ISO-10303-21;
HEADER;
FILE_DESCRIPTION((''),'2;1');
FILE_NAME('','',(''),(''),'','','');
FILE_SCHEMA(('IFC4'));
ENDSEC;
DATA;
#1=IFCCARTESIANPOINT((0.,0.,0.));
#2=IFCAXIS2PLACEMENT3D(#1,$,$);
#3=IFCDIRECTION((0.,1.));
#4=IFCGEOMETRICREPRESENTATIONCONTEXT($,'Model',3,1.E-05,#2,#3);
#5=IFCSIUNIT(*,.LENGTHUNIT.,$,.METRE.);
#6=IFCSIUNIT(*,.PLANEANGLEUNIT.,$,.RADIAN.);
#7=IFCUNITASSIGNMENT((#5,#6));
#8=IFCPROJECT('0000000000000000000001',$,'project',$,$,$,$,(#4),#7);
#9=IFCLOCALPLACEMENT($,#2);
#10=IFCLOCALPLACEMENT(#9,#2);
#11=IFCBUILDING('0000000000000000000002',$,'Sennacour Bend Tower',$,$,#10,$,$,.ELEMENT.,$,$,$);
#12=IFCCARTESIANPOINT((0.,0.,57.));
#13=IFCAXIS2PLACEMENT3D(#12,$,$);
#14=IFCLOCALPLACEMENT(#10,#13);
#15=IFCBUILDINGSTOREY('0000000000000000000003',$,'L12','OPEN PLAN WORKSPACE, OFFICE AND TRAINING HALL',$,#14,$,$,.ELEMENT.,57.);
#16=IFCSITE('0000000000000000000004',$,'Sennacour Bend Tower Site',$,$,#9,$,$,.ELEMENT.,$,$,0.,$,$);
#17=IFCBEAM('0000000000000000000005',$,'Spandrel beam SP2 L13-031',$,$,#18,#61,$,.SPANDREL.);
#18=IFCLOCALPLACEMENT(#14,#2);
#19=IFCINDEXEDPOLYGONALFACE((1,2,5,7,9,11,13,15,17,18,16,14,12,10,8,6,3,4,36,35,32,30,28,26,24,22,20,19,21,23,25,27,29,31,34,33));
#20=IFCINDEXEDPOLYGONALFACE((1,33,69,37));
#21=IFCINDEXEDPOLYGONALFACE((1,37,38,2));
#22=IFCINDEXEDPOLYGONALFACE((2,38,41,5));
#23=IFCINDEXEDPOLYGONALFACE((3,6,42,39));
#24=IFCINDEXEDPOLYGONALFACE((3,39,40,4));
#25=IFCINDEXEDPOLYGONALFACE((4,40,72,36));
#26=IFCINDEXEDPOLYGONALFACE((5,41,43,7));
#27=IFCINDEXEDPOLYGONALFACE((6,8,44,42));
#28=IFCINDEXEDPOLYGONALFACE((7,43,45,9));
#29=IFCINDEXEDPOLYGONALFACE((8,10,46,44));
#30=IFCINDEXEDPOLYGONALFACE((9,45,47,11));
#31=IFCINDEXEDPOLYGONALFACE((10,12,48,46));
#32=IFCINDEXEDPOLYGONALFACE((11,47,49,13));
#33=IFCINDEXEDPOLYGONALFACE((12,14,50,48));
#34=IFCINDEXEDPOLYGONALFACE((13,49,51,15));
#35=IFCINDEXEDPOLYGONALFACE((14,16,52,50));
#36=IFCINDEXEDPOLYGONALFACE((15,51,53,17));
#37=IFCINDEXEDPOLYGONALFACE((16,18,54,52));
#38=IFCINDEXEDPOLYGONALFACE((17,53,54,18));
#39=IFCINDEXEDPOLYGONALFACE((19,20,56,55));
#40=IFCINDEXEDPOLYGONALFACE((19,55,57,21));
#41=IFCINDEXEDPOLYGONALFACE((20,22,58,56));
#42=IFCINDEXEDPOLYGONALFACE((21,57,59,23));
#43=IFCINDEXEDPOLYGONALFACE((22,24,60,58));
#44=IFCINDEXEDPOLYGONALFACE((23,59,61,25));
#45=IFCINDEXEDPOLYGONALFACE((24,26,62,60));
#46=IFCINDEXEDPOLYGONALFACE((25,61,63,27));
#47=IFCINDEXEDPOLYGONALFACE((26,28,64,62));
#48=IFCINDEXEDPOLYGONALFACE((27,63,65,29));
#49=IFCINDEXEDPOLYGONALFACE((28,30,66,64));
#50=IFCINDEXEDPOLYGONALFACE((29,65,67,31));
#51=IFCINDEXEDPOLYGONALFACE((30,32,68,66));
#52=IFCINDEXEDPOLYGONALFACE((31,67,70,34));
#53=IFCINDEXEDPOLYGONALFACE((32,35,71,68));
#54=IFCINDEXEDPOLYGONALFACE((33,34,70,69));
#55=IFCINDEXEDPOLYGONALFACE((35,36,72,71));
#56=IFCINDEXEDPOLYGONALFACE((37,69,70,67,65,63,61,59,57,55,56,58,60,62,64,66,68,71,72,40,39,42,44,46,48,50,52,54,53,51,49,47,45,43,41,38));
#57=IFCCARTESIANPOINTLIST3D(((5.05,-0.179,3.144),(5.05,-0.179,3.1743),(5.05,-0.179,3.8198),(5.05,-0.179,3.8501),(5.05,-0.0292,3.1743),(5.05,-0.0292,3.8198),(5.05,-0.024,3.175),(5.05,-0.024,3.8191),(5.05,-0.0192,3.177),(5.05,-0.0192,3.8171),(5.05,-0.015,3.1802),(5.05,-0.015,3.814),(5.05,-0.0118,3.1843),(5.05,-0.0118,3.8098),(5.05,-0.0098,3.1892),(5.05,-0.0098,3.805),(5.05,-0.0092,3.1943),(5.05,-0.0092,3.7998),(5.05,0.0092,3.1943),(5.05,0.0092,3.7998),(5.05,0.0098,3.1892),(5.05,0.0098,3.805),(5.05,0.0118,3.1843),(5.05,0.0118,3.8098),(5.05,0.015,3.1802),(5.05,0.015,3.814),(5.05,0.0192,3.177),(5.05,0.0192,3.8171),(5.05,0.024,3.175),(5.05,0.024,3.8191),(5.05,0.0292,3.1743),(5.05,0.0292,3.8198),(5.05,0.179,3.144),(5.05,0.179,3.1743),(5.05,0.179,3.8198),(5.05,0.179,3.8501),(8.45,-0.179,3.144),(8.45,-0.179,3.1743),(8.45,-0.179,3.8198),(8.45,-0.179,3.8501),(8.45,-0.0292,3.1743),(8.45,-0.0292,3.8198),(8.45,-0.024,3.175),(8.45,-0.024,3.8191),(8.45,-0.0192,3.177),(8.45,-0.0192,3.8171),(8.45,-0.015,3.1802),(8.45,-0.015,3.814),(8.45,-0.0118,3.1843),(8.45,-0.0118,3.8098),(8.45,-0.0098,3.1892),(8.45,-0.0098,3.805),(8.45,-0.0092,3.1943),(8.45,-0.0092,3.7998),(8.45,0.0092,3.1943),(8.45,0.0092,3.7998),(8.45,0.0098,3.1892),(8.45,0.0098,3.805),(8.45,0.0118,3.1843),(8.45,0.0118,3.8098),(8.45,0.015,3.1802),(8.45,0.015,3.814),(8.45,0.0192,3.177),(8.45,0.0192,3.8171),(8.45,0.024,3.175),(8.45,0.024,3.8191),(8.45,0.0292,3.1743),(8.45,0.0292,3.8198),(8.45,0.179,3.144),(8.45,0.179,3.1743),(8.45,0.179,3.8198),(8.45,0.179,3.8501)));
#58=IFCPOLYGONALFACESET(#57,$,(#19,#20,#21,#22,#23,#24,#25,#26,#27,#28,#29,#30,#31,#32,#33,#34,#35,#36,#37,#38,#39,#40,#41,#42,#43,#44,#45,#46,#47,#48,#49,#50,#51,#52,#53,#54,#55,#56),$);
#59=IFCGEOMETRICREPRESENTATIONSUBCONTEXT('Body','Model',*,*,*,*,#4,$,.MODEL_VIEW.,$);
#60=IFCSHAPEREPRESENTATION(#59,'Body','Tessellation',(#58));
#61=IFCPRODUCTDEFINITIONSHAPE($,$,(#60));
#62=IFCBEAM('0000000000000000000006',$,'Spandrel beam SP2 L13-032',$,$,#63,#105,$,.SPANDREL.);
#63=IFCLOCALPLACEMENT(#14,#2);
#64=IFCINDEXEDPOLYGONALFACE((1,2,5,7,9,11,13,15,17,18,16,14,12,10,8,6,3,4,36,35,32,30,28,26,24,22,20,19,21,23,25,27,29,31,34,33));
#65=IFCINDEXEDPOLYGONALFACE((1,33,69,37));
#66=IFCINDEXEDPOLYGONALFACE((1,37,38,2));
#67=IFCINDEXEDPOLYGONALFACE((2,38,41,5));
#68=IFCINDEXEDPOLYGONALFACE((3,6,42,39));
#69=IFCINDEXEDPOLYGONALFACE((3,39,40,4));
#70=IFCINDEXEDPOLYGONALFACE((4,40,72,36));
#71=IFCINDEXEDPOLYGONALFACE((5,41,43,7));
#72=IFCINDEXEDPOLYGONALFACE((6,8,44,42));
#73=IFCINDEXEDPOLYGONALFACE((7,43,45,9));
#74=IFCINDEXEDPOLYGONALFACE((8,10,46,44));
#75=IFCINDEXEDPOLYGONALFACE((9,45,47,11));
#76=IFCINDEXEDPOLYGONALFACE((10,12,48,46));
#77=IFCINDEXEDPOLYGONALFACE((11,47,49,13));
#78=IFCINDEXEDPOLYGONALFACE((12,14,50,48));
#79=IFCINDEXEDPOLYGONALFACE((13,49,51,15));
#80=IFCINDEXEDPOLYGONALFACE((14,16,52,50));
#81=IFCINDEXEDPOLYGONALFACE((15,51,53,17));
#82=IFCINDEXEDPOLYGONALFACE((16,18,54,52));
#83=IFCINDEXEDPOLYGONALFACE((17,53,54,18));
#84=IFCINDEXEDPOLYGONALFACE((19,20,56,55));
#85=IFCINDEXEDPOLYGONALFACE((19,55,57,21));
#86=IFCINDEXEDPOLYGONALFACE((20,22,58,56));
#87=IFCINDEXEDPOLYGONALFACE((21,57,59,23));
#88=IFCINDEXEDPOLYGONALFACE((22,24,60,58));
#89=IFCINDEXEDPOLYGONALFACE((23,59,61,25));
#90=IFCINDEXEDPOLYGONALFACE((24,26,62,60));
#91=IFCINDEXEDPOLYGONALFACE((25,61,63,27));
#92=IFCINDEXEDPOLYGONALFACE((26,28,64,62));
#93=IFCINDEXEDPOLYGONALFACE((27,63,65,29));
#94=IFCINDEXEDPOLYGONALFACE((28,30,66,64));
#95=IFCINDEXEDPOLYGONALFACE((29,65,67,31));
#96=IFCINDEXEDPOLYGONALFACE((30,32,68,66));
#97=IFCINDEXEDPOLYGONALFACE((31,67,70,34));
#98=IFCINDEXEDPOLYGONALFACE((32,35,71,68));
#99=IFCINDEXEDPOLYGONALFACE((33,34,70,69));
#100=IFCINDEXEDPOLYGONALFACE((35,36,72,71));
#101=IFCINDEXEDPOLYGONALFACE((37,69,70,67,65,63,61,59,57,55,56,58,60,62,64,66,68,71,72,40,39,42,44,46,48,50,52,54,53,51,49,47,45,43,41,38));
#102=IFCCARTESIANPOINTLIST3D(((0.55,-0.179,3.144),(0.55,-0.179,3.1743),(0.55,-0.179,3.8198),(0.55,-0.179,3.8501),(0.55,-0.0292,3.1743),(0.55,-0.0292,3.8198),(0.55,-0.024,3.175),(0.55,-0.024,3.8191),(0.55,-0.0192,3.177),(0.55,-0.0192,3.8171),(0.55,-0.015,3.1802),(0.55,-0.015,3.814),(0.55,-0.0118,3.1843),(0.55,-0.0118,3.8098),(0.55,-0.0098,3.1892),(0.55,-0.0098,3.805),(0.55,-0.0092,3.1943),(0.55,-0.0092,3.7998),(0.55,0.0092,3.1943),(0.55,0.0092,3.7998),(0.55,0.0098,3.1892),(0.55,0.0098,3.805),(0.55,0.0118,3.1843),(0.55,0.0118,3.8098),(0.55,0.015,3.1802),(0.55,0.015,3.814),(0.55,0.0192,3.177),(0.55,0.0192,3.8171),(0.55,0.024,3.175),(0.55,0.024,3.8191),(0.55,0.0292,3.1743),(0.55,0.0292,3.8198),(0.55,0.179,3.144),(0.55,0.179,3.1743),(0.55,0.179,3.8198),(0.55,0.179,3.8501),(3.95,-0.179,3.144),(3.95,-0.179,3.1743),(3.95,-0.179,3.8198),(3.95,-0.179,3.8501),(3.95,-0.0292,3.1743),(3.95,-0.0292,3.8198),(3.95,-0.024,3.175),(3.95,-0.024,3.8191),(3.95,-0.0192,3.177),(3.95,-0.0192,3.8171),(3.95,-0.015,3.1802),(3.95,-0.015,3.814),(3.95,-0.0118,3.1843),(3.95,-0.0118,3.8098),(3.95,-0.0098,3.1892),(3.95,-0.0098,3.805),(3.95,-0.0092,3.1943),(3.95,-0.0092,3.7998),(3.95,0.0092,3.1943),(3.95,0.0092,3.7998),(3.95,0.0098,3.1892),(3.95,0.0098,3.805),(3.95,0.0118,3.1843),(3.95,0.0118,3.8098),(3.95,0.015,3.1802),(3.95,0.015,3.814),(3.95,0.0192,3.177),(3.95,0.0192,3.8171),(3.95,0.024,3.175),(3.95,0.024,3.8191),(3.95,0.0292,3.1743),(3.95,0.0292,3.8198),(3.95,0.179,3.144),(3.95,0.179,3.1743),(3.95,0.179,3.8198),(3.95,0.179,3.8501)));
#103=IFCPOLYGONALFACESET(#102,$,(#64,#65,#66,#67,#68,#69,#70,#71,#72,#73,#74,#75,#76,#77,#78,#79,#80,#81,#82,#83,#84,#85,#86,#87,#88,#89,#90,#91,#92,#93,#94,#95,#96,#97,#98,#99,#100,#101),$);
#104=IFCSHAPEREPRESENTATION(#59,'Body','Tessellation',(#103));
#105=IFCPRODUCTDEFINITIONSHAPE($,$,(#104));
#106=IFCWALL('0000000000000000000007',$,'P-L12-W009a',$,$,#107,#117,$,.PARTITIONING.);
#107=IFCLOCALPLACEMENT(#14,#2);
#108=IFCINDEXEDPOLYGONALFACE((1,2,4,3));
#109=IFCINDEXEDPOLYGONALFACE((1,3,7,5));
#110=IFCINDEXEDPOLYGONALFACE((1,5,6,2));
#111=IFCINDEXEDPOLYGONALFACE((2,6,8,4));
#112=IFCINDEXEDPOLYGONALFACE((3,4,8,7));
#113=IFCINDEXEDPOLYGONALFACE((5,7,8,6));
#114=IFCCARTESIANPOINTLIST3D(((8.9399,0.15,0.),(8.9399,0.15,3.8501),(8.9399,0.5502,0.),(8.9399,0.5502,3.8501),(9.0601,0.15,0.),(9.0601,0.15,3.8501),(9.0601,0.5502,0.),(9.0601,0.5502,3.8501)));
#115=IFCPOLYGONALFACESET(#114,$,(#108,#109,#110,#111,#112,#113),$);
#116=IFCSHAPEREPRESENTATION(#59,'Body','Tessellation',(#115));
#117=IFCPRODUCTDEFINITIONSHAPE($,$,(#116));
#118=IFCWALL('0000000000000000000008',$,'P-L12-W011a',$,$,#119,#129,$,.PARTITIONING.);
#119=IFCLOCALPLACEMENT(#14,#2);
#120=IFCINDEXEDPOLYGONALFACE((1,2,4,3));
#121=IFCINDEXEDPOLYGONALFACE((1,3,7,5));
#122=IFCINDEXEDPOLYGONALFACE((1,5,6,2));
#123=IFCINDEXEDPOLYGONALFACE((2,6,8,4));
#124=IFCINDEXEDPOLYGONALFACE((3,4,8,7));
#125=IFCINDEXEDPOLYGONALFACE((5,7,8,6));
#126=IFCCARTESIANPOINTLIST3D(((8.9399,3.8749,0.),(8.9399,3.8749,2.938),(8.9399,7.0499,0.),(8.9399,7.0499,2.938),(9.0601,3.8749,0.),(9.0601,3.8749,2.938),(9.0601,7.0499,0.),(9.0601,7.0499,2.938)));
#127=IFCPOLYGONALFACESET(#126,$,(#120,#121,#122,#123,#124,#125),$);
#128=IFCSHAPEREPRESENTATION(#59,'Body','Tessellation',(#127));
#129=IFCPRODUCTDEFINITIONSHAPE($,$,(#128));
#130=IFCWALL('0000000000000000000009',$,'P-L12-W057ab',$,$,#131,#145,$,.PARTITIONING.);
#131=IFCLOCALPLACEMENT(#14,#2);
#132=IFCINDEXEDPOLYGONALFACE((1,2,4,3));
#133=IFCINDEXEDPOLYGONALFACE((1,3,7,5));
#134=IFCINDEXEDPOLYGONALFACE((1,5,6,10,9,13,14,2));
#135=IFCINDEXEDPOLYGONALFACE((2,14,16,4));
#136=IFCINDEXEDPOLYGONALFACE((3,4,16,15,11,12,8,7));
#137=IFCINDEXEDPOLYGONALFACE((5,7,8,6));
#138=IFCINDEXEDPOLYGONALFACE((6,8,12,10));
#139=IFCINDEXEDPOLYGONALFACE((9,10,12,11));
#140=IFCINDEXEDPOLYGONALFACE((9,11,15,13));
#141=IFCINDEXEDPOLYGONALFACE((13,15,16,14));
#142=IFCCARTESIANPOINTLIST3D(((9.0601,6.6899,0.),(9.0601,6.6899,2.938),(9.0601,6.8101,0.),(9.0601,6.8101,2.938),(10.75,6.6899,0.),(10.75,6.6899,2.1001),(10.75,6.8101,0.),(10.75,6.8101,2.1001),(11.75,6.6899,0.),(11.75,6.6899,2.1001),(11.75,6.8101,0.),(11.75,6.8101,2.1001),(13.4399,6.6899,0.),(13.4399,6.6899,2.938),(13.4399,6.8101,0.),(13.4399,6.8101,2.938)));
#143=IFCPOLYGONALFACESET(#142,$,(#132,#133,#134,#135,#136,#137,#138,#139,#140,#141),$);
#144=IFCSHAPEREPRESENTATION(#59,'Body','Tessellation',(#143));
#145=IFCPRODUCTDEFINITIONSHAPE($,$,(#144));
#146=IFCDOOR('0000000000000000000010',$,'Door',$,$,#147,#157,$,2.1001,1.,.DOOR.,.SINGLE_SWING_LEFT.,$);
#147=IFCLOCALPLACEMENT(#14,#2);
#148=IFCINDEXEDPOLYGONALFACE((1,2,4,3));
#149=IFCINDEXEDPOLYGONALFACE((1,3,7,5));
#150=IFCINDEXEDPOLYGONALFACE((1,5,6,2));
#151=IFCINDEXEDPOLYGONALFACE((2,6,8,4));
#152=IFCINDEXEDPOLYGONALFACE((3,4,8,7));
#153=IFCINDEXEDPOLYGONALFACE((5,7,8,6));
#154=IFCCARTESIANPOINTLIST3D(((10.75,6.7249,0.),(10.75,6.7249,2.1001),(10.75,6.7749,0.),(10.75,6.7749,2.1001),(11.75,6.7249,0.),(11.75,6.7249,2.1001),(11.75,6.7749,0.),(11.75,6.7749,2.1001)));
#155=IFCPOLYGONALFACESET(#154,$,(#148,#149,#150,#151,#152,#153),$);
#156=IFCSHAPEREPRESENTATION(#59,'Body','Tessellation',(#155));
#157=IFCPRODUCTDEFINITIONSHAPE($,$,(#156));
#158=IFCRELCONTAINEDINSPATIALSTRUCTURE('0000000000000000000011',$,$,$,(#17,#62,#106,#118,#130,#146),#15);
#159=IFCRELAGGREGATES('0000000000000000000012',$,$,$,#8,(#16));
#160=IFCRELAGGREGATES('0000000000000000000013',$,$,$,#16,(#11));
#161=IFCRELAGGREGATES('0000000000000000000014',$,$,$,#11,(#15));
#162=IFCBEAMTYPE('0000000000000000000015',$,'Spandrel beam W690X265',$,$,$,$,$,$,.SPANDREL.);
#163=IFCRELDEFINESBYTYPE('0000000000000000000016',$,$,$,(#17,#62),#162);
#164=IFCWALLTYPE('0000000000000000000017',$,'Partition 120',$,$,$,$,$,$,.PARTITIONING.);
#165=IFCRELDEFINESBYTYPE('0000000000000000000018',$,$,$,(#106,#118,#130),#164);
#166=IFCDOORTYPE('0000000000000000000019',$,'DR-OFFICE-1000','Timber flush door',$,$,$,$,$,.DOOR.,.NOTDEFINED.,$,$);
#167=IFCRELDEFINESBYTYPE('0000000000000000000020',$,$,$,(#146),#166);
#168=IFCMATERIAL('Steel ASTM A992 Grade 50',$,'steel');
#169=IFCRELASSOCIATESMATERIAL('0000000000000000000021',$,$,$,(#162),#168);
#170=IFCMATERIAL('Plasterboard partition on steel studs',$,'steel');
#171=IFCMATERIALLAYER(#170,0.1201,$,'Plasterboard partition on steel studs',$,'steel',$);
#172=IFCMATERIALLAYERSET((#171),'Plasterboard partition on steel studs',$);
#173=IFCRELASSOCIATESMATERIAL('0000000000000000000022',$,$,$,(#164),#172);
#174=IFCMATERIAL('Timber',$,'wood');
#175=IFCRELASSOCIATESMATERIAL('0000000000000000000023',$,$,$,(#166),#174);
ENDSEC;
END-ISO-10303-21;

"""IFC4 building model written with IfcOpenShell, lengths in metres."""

from ifc_helpers import new_model, si_unit, direction, frame, frame_2d, origin, origin_2d, place, context, subcontext, project, spatial, rectangle, i_section, extrude, material, layer, layer_set, material_profile, profile_set, type_object, element, fill, save


model = new_model("IFC4")

# Units and contexts
model_context = context("Model", 3, precision=1e-05, world=origin(), true_north=direction((0.0, 1.0)))
body_context = subcontext(model_context, "Body", "Model", "MODEL_VIEW")
ifc_project = project(units=[si_unit("LENGTHUNIT", "METRE"), si_unit("PLANEANGLEUNIT", "RADIAN")], contexts=[model_context])

# Site, building, storey
site_placement = place(None, origin())
site = spatial("IfcSite", under=ifc_project, at=site_placement, Name="Sennacour Bend Tower Site", CompositionType="ELEMENT", RefElevation=0.0)
building_placement = place(site_placement, origin())
building = spatial("IfcBuilding", under=site, at=building_placement, Name="Sennacour Bend Tower", CompositionType="ELEMENT")
storey_placement = place(building_placement, frame((0.0, 0.0, 57.0)))
storey = spatial("IfcBuildingStorey", under=building, at=storey_placement, Name="L12", Description="OPEN PLAN WORKSPACE, OFFICE AND TRAINING HALL", CompositionType="ELEMENT", Elevation=57.0)

# Beams
ifc_material_1 = material(Name="Steel ASTM A992 Grade 50", Category="steel")
ifc_material_profile_1 = material_profile(ifc_material_1, i_section(OverallWidth=0.3579, OverallDepth=0.7061, WebThickness=0.0183, FlangeThickness=0.0303, FilletRadius=0.02, at=origin_2d()), Name="Steel ASTM A992 Grade 50", Category="steel")
ifc_profile_set_1 = profile_set([ifc_material_profile_1], Name="Steel ASTM A992 Grade 50")
beam_type_1 = type_object("IfcBeamType", Name="Spandrel beam W690X265", PredefinedType="SPANDREL", material=ifc_profile_set_1)
for number, where, z_axis, x_axis, name in (
    (1, (8.45, 0.0, 3.4971), (-1.0, 0.0, 0.0), (0.0, -1.0, 0.0), "Spandrel beam SP2 L13-031"),
    (2, (3.95, 0.0, 3.4971), (-1.0, 0.0, 0.0), (0.0, -1.0, 0.0), "Spandrel beam SP2 L13-032"),
):
    element("IfcBeam", number, at=place(storey_placement, frame(where, z_axis=z_axis, x_axis=x_axis)), inside=storey, type_object=beam_type_1, Name=name, PredefinedType="SPANDREL", context=body_context, shape_type="SweptSolid", body=[
        extrude(i_section(OverallWidth=0.3579, OverallDepth=0.7061, WebThickness=0.0183, FlangeThickness=0.0303, FilletRadius=0.02, at=origin_2d()), origin(), (0.0, 0.0, 1.0), 3.3999),
    ])

# Walls
ifc_material_2 = material(Name="Plasterboard partition on steel studs", Category="steel")
ifc_layer_1 = layer(ifc_material_2, 0.1201, Name="Plasterboard partition on steel studs", Category="steel")
ifc_layer_set_1 = layer_set([ifc_layer_1], Name="Plasterboard partition on steel studs")
wall_type_1 = type_object("IfcWallType", Name="Partition 120", PredefinedType="PARTITIONING", material=ifc_layer_set_1)
wall_1_placement = place(storey_placement, frame((9.0, 0.1499, 0.0), z_axis=(0.0, 0.0, 1.0), x_axis=(0.0, 1.0, 0.0)))
element("IfcWall", 3, at=wall_1_placement, inside=storey, type_object=wall_type_1, Name="P-L12-W009a", PredefinedType="PARTITIONING", context=body_context, shape_type="SweptSolid", body=[
    extrude(rectangle(XDim=0.4001, YDim=0.1201, at=frame_2d((0.2002, 0.0))), origin(), (0.0, 0.0, 1.0), 3.8501),
])
wall_2_placement = place(storey_placement, frame((9.0, 3.875, 0.0), z_axis=(0.0, 0.0, 1.0), x_axis=(0.0, 1.0, 0.0)))
element("IfcWall", 4, at=wall_2_placement, inside=storey, type_object=wall_type_1, Name="P-L12-W011a", PredefinedType="PARTITIONING", context=body_context, shape_type="SweptSolid", body=[
    extrude(rectangle(XDim=3.175, YDim=0.1201, at=frame_2d((1.5874, 0.0))), origin(), (0.0, 0.0, 1.0), 2.938),
])

# Wall, opening, door
wall_3_placement = place(storey_placement, frame((9.0601, 6.75, 0.0), z_axis=(0.0, 0.0, 1.0), x_axis=(1.0, 0.0, 0.0)))
wall_3 = element("IfcWall", 5, at=wall_3_placement, inside=storey, type_object=wall_type_1, Name="P-L12-W057ab", PredefinedType="PARTITIONING", context=body_context, shape_type="SweptSolid", body=[
    extrude(rectangle(XDim=4.3799, YDim=0.1201, at=frame_2d((2.1899, 0.0))), origin(), (0.0, 0.0, 1.0), 2.938),
])
opening_1_placement = place(wall_3_placement, frame((1.6899, 0.0, 0.0)))
opening_1 = element("IfcOpeningElement", 6, at=opening_1_placement, cuts=wall_3, PredefinedType="OPENING", context=body_context, shape_type="SweptSolid", body=[
    extrude(rectangle(XDim=1.0, YDim=2.1001, at=frame_2d((0.5, 1.05))), frame((0.0, 0.0701, 0.0), z_axis=(0.0, -1.0, 0.0), x_axis=(1.0, 0.0, 0.0)), (0.0, 0.0, 1.0), 0.1401),
])
ifc_material_3 = material(Name="Timber", Category="wood")
door_type = type_object("IfcDoorType", Name="DR-OFFICE-1000", Description="Timber flush door", OperationType="NOTDEFINED", PredefinedType="DOOR", material=ifc_material_3)
door_placement = place(opening_1_placement, origin())
door = element("IfcDoor", 7, at=door_placement, inside=storey, type_object=door_type, Name="Door", OperationType="SINGLE_SWING_LEFT", OverallHeight=2.1001, OverallWidth=1.0, PredefinedType="DOOR", context=body_context, shape_type="SweptSolid", body=[
    extrude(rectangle(XDim=1.0, YDim=2.1001, at=frame_2d((0.5, 1.05))), frame((0.0, 0.0249, 0.0), z_axis=(0.0, -1.0, 0.0), x_axis=(1.0, 0.0, 0.0)), (0.0, 0.0, 1.0), 0.05),
])
fill(opening_1, door)

save(model, "model.ifc")
